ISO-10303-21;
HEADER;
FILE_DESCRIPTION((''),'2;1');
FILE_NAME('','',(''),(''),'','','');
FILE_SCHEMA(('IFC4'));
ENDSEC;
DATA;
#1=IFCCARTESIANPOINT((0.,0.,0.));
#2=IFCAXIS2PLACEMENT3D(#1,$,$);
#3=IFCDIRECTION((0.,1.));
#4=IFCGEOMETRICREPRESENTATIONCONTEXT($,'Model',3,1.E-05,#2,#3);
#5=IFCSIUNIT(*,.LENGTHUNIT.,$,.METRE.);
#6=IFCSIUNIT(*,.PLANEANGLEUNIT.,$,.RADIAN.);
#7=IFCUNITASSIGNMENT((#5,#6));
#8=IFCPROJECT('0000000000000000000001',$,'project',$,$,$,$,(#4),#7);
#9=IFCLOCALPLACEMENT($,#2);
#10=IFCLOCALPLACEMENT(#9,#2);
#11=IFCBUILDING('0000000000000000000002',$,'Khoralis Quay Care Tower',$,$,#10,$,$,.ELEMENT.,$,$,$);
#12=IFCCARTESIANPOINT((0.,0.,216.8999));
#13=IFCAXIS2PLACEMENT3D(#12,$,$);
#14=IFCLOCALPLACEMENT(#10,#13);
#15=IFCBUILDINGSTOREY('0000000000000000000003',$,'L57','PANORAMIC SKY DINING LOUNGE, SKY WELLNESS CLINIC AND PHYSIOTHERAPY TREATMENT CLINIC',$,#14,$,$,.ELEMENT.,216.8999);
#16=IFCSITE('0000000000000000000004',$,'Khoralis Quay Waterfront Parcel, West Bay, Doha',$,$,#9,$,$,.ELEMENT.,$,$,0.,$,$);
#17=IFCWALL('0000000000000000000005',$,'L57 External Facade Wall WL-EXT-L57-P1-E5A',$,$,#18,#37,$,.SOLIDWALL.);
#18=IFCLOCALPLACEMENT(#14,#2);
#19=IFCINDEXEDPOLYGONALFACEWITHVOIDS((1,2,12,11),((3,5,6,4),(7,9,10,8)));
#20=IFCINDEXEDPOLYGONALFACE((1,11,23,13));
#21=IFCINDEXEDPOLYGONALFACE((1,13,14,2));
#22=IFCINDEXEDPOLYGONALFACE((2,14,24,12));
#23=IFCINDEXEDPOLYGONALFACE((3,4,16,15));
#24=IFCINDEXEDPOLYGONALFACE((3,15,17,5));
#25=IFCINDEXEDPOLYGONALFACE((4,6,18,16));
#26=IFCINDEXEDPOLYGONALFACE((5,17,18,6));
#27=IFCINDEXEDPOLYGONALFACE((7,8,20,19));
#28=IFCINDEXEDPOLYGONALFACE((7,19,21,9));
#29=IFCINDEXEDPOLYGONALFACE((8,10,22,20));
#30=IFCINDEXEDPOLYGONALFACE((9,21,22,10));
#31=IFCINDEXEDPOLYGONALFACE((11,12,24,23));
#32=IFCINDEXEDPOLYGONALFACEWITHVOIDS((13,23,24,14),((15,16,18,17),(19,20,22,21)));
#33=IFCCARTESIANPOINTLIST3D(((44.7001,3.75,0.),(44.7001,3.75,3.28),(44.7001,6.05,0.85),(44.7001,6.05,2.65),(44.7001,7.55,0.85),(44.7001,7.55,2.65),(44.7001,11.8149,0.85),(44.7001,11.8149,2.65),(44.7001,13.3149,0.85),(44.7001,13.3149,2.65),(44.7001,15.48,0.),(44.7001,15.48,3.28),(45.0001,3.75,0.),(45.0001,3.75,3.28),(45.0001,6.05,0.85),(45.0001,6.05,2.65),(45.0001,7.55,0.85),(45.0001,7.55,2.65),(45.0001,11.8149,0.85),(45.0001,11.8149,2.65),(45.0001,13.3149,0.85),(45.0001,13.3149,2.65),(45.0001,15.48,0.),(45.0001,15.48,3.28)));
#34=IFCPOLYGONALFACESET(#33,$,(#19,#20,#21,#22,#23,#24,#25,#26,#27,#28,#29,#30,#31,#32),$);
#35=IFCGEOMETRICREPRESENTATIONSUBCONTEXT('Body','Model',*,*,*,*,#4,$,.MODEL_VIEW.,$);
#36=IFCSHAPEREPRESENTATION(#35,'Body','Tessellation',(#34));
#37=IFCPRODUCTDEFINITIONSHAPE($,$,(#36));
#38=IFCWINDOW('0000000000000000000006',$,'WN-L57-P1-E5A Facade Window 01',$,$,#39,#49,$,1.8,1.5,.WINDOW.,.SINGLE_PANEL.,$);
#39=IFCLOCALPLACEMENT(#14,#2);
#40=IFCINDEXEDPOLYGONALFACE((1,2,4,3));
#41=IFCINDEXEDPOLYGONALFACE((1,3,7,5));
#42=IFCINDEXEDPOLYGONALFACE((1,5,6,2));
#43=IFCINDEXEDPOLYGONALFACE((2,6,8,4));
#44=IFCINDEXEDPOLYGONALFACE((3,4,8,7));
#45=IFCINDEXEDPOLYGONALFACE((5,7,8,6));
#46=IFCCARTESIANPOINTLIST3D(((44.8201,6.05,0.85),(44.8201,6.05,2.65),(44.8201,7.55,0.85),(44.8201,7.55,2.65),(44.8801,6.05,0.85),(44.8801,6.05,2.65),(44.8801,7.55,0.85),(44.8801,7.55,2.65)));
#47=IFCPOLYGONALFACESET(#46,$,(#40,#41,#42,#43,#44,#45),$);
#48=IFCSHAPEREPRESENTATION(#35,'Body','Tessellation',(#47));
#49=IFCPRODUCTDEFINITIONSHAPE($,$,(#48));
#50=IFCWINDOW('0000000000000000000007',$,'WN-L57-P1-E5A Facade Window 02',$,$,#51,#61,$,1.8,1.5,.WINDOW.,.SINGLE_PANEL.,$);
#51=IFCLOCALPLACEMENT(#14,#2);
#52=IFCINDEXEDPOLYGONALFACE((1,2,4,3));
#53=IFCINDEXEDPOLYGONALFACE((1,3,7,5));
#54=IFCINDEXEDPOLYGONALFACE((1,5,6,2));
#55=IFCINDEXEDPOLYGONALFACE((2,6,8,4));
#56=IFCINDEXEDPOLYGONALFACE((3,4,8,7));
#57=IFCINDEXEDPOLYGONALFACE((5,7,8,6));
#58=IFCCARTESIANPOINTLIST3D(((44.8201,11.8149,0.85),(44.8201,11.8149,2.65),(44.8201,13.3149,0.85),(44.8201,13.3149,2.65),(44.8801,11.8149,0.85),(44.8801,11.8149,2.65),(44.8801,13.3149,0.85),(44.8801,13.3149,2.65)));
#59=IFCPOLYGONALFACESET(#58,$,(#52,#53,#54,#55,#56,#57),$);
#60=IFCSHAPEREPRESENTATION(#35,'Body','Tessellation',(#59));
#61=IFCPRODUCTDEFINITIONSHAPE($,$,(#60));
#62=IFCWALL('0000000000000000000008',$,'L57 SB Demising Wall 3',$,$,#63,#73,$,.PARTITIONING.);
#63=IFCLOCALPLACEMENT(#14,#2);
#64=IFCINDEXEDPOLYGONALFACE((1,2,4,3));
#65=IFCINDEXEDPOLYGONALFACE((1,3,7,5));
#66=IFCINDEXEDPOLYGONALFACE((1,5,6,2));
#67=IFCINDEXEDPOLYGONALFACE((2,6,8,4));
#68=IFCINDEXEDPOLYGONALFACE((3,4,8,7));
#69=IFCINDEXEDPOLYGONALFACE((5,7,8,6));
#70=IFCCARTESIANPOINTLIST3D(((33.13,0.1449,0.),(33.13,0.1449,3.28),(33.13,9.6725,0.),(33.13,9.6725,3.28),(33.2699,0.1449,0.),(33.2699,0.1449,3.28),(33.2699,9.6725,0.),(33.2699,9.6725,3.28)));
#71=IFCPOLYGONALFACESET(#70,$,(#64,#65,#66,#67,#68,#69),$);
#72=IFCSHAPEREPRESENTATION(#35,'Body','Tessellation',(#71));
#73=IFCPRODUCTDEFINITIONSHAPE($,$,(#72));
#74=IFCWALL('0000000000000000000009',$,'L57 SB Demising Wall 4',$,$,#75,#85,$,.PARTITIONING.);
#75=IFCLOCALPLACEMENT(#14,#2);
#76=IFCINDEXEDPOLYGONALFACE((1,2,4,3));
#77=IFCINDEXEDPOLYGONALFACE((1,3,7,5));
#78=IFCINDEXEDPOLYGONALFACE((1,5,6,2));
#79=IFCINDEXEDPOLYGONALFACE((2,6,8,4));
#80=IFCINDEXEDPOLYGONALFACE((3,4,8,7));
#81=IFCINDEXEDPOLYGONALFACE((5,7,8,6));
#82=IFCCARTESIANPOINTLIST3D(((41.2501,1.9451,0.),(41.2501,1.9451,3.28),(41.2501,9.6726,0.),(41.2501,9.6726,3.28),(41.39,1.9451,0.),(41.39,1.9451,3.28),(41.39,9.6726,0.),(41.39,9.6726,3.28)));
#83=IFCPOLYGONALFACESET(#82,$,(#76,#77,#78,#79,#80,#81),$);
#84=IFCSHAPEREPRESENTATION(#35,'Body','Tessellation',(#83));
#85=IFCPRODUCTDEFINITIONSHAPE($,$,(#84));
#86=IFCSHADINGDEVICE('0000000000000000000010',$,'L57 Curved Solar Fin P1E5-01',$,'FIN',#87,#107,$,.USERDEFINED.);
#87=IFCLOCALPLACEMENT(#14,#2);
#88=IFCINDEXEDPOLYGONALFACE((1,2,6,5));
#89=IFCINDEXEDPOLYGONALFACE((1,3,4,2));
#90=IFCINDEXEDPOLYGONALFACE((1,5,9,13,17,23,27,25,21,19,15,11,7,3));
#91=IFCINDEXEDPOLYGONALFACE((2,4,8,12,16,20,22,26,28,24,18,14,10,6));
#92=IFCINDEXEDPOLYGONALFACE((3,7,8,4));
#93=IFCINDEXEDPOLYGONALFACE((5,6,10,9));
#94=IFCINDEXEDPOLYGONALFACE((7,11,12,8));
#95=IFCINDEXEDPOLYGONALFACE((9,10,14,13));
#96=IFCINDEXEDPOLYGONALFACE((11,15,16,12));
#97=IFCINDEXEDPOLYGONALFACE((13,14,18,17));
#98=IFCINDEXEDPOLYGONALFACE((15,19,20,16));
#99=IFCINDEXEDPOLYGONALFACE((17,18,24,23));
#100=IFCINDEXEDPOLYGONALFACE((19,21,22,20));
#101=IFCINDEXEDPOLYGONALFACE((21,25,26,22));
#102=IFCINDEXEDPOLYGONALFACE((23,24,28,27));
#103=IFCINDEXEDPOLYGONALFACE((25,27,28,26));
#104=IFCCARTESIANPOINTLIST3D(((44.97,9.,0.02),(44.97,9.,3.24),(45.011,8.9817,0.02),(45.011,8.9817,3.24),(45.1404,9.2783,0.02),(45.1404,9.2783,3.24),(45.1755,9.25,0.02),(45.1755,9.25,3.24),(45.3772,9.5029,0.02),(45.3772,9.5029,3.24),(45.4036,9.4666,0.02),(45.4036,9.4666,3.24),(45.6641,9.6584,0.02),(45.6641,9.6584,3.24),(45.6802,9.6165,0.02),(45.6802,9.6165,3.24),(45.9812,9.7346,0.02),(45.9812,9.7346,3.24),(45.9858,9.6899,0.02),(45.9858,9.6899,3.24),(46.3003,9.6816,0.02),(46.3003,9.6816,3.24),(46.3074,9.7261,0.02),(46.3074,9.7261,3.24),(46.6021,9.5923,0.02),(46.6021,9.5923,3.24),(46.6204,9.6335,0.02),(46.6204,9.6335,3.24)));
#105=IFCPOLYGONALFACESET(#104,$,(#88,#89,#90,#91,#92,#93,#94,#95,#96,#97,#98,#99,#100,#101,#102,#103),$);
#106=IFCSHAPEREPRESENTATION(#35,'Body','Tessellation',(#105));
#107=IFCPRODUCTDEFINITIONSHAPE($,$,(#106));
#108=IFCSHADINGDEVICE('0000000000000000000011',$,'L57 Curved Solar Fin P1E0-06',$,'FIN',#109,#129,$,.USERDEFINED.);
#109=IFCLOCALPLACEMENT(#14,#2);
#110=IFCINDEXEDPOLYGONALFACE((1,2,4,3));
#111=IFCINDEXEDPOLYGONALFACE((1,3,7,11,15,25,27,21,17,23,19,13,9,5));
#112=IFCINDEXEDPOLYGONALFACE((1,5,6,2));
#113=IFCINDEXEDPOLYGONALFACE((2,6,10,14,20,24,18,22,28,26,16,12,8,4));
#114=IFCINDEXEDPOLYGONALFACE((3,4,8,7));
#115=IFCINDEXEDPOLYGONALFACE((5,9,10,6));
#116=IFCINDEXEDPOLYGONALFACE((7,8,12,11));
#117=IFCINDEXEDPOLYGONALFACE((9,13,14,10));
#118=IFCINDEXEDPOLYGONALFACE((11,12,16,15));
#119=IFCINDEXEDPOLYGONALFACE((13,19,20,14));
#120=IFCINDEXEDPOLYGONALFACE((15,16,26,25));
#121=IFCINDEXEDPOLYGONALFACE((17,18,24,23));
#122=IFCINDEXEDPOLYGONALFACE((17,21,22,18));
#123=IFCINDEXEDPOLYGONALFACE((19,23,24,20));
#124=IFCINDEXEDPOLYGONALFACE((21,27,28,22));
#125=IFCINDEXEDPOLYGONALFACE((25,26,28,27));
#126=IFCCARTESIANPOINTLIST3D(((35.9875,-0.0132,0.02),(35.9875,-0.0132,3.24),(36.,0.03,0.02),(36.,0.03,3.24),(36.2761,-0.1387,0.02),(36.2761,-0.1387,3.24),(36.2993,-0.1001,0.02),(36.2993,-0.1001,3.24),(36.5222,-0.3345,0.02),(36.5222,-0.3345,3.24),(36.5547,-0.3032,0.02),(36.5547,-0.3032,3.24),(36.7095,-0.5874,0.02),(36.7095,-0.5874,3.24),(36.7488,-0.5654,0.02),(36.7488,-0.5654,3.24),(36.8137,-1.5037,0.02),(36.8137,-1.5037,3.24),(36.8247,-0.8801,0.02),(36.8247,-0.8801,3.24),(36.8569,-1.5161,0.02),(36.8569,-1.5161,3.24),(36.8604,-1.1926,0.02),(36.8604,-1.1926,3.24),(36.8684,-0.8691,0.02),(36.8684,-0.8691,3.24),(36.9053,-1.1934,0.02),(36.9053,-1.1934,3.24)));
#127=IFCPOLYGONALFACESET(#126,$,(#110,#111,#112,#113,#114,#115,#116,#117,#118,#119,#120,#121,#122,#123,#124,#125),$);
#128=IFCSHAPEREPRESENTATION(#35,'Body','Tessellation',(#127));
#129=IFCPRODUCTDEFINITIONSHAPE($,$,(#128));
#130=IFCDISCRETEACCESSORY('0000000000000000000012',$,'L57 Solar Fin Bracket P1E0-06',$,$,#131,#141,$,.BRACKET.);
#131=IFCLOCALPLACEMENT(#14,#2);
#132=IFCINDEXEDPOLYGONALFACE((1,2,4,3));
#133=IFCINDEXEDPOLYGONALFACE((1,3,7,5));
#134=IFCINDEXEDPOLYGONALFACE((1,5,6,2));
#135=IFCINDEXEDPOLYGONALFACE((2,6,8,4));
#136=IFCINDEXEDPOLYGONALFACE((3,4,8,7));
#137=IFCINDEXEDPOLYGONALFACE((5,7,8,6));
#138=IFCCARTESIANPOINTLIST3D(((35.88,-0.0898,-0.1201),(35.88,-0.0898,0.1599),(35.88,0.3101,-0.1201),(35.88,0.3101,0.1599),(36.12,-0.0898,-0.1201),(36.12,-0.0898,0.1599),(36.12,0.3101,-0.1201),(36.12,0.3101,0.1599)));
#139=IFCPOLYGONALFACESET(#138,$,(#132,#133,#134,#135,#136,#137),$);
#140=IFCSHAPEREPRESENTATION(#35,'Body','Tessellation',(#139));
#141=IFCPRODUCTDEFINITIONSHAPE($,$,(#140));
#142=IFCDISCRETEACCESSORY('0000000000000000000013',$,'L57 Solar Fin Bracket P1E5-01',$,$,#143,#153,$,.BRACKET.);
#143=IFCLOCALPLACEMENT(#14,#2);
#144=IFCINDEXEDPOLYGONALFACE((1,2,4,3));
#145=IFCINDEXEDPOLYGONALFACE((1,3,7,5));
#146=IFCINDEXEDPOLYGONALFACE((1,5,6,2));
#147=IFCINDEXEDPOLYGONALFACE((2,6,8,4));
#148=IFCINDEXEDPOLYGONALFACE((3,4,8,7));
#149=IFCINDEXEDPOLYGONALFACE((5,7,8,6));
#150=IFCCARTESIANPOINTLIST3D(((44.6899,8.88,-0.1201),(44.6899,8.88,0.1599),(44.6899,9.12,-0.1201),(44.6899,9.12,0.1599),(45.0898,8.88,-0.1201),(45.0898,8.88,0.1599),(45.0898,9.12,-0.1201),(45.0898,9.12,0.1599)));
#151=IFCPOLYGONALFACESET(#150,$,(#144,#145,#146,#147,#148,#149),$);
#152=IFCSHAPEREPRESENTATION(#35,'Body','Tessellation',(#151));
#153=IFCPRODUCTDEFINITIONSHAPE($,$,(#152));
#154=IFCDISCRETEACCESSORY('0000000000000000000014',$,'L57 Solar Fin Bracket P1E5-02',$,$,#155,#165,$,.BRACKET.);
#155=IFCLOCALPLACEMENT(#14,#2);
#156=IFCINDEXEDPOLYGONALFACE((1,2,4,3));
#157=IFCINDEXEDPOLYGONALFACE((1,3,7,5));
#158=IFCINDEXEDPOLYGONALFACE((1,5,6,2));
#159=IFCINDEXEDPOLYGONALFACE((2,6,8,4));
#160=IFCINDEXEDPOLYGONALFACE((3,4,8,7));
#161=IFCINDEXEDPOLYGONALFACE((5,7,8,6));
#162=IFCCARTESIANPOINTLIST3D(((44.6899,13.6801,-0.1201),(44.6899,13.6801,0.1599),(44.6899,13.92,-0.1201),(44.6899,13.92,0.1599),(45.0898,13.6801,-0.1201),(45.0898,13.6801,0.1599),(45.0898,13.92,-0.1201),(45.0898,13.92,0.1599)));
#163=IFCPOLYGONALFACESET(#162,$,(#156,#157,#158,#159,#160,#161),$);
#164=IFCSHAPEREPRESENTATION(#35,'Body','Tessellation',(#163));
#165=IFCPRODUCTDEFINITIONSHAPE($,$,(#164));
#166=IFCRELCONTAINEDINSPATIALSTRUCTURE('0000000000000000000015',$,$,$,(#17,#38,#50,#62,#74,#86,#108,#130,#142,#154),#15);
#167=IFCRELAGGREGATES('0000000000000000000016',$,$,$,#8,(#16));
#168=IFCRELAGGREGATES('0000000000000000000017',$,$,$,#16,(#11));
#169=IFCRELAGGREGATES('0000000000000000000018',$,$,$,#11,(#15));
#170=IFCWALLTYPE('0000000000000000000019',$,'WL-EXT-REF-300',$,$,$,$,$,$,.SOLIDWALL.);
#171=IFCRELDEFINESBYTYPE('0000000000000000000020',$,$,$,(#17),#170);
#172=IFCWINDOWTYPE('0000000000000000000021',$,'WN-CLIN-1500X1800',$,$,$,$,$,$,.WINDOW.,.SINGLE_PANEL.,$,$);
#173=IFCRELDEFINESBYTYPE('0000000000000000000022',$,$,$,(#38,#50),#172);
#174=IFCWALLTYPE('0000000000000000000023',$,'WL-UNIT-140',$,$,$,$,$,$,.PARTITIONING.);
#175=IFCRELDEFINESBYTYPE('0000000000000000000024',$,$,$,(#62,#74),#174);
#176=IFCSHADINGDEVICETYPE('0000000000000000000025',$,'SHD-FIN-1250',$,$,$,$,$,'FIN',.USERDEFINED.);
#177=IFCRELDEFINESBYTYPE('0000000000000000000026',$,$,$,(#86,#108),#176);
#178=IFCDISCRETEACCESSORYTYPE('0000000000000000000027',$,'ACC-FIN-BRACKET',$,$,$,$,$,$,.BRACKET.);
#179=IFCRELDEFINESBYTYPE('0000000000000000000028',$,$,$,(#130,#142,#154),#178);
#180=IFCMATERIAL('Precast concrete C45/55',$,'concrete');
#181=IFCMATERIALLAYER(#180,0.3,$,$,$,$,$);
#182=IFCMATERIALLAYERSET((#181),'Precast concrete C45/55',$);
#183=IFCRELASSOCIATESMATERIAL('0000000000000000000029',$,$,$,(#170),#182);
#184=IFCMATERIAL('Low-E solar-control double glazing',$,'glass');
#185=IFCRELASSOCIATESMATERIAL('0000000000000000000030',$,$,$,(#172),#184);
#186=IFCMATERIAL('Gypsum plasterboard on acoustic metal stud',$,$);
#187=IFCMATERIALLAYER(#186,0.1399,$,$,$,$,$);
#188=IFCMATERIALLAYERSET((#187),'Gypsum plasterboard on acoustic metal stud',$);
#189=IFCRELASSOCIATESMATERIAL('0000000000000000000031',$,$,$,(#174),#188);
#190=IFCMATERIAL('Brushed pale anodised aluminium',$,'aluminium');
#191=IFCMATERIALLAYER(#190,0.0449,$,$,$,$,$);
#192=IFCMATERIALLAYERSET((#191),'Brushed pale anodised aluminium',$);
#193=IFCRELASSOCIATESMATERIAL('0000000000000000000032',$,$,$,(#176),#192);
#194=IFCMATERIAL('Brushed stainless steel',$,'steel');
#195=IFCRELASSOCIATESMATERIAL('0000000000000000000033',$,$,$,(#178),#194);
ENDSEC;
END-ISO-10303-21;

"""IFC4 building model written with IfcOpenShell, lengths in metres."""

from ifc_helpers import new_model, si_unit, direction, frame, frame_2d, origin, origin_2d, place, context, subcontext, project, spatial, polyline, rectangle, outline, extrude, source, transform, mapped, material, layer, layer_set, type_object, element, fill, save


model = new_model("IFC4")

# Units and contexts
model_context = context("Model", 3, precision=1e-05, world=origin(), true_north=direction((0.0, 1.0)))
body_context = subcontext(model_context, "Body", "Model", "MODEL_VIEW")
ifc_project = project(units=[si_unit("LENGTHUNIT", "METRE"), si_unit("PLANEANGLEUNIT", "RADIAN")], contexts=[model_context])

# Site, building, storey
site_placement = place(None, origin())
site = spatial("IfcSite", under=ifc_project, at=site_placement, Name="Khoralis Quay Waterfront Parcel, West Bay, Doha", CompositionType="ELEMENT", RefElevation=0.0)
building_placement = place(site_placement, origin())
building = spatial("IfcBuilding", under=site, at=building_placement, Name="Khoralis Quay Care Tower", CompositionType="ELEMENT")
storey_placement = place(building_placement, frame((0.0, 0.0, 216.8999)))
storey = spatial("IfcBuildingStorey", under=building, at=storey_placement, Name="L57", Description="PANORAMIC SKY DINING LOUNGE, SKY WELLNESS CLINIC AND PHYSIOTHERAPY TREATMENT CLINIC", CompositionType="ELEMENT", Elevation=216.8999)

# Shared definitions
ifc_material_1 = material(Name="Gypsum plasterboard on acoustic metal stud")

# Shared definitions
ifc_material_2 = material(Name="Precast concrete C45/55", Category="concrete")
ifc_layer_1 = layer(ifc_material_2, 0.3)
ifc_layer_set_1 = layer_set([ifc_layer_1], Name="Precast concrete C45/55")
wall_type_1 = type_object("IfcWallType", Name="WL-EXT-REF-300", PredefinedType="SOLIDWALL", material=ifc_layer_set_1)
ifc_material_3 = material(Name="Low-E solar-control double glazing", Category="glass")
window_type = type_object("IfcWindowType", Name="WN-CLIN-1500X1800", PartitioningType="SINGLE_PANEL", PredefinedType="WINDOW", material=ifc_material_3)
shared_shape_1 = source(origin(), body_context, "Body", "SweptSolid", [
    extrude(rectangle(XDim=1.5, YDim=1.8, at=frame_2d((0.75, 0.8999))), frame((0.0, 0.03, 0.0), z_axis=(0.0, -1.0, 0.0), x_axis=(1.0, 0.0, 0.0)), (0.0, 0.0, 1.0), 0.0601),
])

# Wall, openings, windows
wall_1_placement = place(storey_placement, frame((44.8501, 3.75, 0.0), z_axis=(0.0, 0.0, 1.0), x_axis=(0.0, 1.0, 0.0)))
wall_1 = element("IfcWall", 1, at=wall_1_placement, inside=storey, type_object=wall_type_1, Name="L57 External Facade Wall WL-EXT-L57-P1-E5A", PredefinedType="SOLIDWALL", context=body_context, shape_type="SweptSolid", body=[
    extrude(rectangle(XDim=11.73, YDim=0.3, at=frame_2d((5.865, 0.0))), origin(), (0.0, 0.0, 1.0), 3.28),
])
opening_1_placement = place(wall_1_placement, frame((2.3, 0.0, 0.8501)))
opening_1 = element("IfcOpeningElement", 2, at=opening_1_placement, cuts=wall_1, PredefinedType="OPENING", context=body_context, shape_type="SweptSolid", body=[
    extrude(rectangle(XDim=1.5, YDim=1.8, at=frame_2d((0.75, 0.8999))), frame((0.0, 0.1602, 0.0), z_axis=(0.0, -1.0, 0.0), x_axis=(1.0, 0.0, 0.0)), (0.0, 0.0, 1.0), 0.3201),
])
opening_2_placement = place(wall_1_placement, frame((8.0649, 0.0, 0.8501)))
opening_2 = element("IfcOpeningElement", 3, at=opening_2_placement, cuts=wall_1, PredefinedType="OPENING", context=body_context, shape_type="SweptSolid", body=[
    extrude(rectangle(XDim=1.5, YDim=1.8, at=frame_2d((0.75, 0.8999))), frame((0.0, 0.1602, 0.0), z_axis=(0.0, -1.0, 0.0), x_axis=(1.0, 0.0, 0.0)), (0.0, 0.0, 1.0), 0.3201),
])
window_1_placement = place(opening_1_placement, origin())
window_1 = element("IfcWindow", 4, at=window_1_placement, inside=storey, type_object=window_type, Name="WN-L57-P1-E5A Facade Window 01", OverallHeight=1.8, OverallWidth=1.5, PartitioningType="SINGLE_PANEL", PredefinedType="WINDOW", context=body_context, shape_type="MappedRepresentation", body=[
    mapped(shared_shape_1, transform((0.0, 0.0, 0.0), scale=1.0)),
])
fill(opening_1, window_1)
window_2_placement = place(opening_2_placement, origin())
window_2 = element("IfcWindow", 5, at=window_2_placement, inside=storey, type_object=window_type, Name="WN-L57-P1-E5A Facade Window 02", OverallHeight=1.8, OverallWidth=1.5, PartitioningType="SINGLE_PANEL", PredefinedType="WINDOW", context=body_context, shape_type="MappedRepresentation", body=[
    mapped(shared_shape_1, transform((0.0, 0.0, 0.0), scale=1.0)),
])
fill(opening_2, window_2)

# Walls
ifc_layer_2 = layer(ifc_material_1, 0.1399)
ifc_layer_set_2 = layer_set([ifc_layer_2], Name="Gypsum plasterboard on acoustic metal stud")
wall_type_2 = type_object("IfcWallType", Name="WL-UNIT-140", PredefinedType="PARTITIONING", material=ifc_layer_set_2)
wall_2_placement = place(storey_placement, frame((33.2, 0.145, 0.0), z_axis=(0.0, 0.0, 1.0), x_axis=(0.0, 1.0, 0.0)))
element("IfcWall", 6, at=wall_2_placement, inside=storey, type_object=wall_type_2, Name="L57 SB Demising Wall 3", PredefinedType="PARTITIONING", context=body_context, shape_type="SweptSolid", body=[
    extrude(rectangle(XDim=9.5276, YDim=0.1399, at=frame_2d((4.7637, 0.0))), origin(), (0.0, 0.0, 1.0), 3.28),
])
wall_3_placement = place(storey_placement, frame((41.3201, 1.9451, 0.0), z_axis=(0.0, 0.0, 1.0), x_axis=(0.0, 1.0, 0.0)))
element("IfcWall", 7, at=wall_3_placement, inside=storey, type_object=wall_type_2, Name="L57 SB Demising Wall 4", PredefinedType="PARTITIONING", context=body_context, shape_type="SweptSolid", body=[
    extrude(rectangle(XDim=7.7275, YDim=0.1399, at=frame_2d((3.8638, 0.0))), origin(), (0.0, 0.0, 1.0), 3.28),
])

# Shading devices
ifc_material_4 = material(Name="Brushed pale anodised aluminium", Category="aluminium")
ifc_layer_3 = layer(ifc_material_4, 0.0449)
ifc_layer_set_3 = layer_set([ifc_layer_3], Name="Brushed pale anodised aluminium")
shading_device_type = type_object("IfcShadingDeviceType", Name="SHD-FIN-1250", ElementType="FIN", PredefinedType="USERDEFINED", material=ifc_layer_set_3)
shared_shape_2 = source(origin(), body_context, "Body", "SweptSolid", [
    extrude(outline(polyline([(0.0, 0.0), (0.1704, 0.2783), (0.4072, 0.5029), (0.6941, 0.6584), (1.0112, 0.7346), (1.3374, 0.7261), (1.6504, 0.6335), (1.6321, 0.5923), (1.3303, 0.6816), (1.0159, 0.6899), (0.7102, 0.6165), (0.4336, 0.4666), (0.2056, 0.25), (0.041, -0.0183), (0.0, 0.0)])), origin(), (0.0, 0.0, 1.0), 3.22),
])
shading_device_1_placement = place(storey_placement, frame((44.97, 9.0, 0.02), z_axis=(0.0, 0.0, 1.0), x_axis=(1.0, 0.0, 0.0)))
element("IfcShadingDevice", 8, at=shading_device_1_placement, inside=storey, type_object=shading_device_type, Name="L57 Curved Solar Fin P1E5-01", ObjectType="FIN", PredefinedType="USERDEFINED", context=body_context, shape_type="MappedRepresentation", body=[
    mapped(shared_shape_2, transform((0.0, 0.0, 0.0), scale=1.0)),
])
shared_shape_3 = source(origin(), body_context, "Body", "SweptSolid", [
    extrude(outline(polyline([(0.0, 0.0), (0.1301, 0.2993), (0.3333, 0.5547), (0.5955, 0.7488), (0.8992, 0.8684), (1.2234, 0.9053), (1.5461, 0.8569), (1.5337, 0.8137), (1.2227, 0.8604), (0.9102, 0.8247), (0.6174, 0.7095), (0.3645, 0.5222), (0.1687, 0.2761), (0.0432, -0.0125), (0.0, 0.0)])), origin(), (0.0, 0.0, 1.0), 3.22),
])
shading_device_2_placement = place(storey_placement, frame((36.0, 0.03, 0.02), z_axis=(0.0, 0.0, 1.0), x_axis=(0.0, -1.0, 0.0)))
element("IfcShadingDevice", 9, at=shading_device_2_placement, inside=storey, type_object=shading_device_type, Name="L57 Curved Solar Fin P1E0-06", ObjectType="FIN", PredefinedType="USERDEFINED", context=body_context, shape_type="MappedRepresentation", body=[
    mapped(shared_shape_3, transform((0.0, 0.0, 0.0), scale=1.0)),
])

# Discrete accessories
ifc_material_5 = material(Name="Brushed stainless steel", Category="steel")
discrete_accessory_type = type_object("IfcDiscreteAccessoryType", Name="ACC-FIN-BRACKET", PredefinedType="BRACKET", material=ifc_material_5)
shared_shape_4 = source(origin(), body_context, "Body", "SweptSolid", [
    extrude(rectangle(XDim=0.3999, YDim=0.24, at=origin_2d()), origin(), (0.0, 0.0, 1.0), 0.28),
])
for number, where, z_axis, x_axis, name in (
    (10, (36.0, 0.1101, -0.1201), (0.0, 0.0, 1.0), (0.0, -1.0, 0.0), "L57 Solar Fin Bracket P1E0-06"),
    (11, (44.8899, 9.0, -0.1201), (0.0, 0.0, 1.0), (1.0, 0.0, 0.0), "L57 Solar Fin Bracket P1E5-01"),
    (12, (44.8899, 13.8, -0.1201), (0.0, 0.0, 1.0), (1.0, 0.0, 0.0), "L57 Solar Fin Bracket P1E5-02"),
):
    element("IfcDiscreteAccessory", number, at=place(storey_placement, frame(where, z_axis=z_axis, x_axis=x_axis)), inside=storey, type_object=discrete_accessory_type, Name=name, PredefinedType="BRACKET", context=body_context, shape_type="MappedRepresentation", body=[
        mapped(shared_shape_4, transform((0.0, 0.0, 0.0), scale=1.0)),
    ])

save(model, "model.ifc")
